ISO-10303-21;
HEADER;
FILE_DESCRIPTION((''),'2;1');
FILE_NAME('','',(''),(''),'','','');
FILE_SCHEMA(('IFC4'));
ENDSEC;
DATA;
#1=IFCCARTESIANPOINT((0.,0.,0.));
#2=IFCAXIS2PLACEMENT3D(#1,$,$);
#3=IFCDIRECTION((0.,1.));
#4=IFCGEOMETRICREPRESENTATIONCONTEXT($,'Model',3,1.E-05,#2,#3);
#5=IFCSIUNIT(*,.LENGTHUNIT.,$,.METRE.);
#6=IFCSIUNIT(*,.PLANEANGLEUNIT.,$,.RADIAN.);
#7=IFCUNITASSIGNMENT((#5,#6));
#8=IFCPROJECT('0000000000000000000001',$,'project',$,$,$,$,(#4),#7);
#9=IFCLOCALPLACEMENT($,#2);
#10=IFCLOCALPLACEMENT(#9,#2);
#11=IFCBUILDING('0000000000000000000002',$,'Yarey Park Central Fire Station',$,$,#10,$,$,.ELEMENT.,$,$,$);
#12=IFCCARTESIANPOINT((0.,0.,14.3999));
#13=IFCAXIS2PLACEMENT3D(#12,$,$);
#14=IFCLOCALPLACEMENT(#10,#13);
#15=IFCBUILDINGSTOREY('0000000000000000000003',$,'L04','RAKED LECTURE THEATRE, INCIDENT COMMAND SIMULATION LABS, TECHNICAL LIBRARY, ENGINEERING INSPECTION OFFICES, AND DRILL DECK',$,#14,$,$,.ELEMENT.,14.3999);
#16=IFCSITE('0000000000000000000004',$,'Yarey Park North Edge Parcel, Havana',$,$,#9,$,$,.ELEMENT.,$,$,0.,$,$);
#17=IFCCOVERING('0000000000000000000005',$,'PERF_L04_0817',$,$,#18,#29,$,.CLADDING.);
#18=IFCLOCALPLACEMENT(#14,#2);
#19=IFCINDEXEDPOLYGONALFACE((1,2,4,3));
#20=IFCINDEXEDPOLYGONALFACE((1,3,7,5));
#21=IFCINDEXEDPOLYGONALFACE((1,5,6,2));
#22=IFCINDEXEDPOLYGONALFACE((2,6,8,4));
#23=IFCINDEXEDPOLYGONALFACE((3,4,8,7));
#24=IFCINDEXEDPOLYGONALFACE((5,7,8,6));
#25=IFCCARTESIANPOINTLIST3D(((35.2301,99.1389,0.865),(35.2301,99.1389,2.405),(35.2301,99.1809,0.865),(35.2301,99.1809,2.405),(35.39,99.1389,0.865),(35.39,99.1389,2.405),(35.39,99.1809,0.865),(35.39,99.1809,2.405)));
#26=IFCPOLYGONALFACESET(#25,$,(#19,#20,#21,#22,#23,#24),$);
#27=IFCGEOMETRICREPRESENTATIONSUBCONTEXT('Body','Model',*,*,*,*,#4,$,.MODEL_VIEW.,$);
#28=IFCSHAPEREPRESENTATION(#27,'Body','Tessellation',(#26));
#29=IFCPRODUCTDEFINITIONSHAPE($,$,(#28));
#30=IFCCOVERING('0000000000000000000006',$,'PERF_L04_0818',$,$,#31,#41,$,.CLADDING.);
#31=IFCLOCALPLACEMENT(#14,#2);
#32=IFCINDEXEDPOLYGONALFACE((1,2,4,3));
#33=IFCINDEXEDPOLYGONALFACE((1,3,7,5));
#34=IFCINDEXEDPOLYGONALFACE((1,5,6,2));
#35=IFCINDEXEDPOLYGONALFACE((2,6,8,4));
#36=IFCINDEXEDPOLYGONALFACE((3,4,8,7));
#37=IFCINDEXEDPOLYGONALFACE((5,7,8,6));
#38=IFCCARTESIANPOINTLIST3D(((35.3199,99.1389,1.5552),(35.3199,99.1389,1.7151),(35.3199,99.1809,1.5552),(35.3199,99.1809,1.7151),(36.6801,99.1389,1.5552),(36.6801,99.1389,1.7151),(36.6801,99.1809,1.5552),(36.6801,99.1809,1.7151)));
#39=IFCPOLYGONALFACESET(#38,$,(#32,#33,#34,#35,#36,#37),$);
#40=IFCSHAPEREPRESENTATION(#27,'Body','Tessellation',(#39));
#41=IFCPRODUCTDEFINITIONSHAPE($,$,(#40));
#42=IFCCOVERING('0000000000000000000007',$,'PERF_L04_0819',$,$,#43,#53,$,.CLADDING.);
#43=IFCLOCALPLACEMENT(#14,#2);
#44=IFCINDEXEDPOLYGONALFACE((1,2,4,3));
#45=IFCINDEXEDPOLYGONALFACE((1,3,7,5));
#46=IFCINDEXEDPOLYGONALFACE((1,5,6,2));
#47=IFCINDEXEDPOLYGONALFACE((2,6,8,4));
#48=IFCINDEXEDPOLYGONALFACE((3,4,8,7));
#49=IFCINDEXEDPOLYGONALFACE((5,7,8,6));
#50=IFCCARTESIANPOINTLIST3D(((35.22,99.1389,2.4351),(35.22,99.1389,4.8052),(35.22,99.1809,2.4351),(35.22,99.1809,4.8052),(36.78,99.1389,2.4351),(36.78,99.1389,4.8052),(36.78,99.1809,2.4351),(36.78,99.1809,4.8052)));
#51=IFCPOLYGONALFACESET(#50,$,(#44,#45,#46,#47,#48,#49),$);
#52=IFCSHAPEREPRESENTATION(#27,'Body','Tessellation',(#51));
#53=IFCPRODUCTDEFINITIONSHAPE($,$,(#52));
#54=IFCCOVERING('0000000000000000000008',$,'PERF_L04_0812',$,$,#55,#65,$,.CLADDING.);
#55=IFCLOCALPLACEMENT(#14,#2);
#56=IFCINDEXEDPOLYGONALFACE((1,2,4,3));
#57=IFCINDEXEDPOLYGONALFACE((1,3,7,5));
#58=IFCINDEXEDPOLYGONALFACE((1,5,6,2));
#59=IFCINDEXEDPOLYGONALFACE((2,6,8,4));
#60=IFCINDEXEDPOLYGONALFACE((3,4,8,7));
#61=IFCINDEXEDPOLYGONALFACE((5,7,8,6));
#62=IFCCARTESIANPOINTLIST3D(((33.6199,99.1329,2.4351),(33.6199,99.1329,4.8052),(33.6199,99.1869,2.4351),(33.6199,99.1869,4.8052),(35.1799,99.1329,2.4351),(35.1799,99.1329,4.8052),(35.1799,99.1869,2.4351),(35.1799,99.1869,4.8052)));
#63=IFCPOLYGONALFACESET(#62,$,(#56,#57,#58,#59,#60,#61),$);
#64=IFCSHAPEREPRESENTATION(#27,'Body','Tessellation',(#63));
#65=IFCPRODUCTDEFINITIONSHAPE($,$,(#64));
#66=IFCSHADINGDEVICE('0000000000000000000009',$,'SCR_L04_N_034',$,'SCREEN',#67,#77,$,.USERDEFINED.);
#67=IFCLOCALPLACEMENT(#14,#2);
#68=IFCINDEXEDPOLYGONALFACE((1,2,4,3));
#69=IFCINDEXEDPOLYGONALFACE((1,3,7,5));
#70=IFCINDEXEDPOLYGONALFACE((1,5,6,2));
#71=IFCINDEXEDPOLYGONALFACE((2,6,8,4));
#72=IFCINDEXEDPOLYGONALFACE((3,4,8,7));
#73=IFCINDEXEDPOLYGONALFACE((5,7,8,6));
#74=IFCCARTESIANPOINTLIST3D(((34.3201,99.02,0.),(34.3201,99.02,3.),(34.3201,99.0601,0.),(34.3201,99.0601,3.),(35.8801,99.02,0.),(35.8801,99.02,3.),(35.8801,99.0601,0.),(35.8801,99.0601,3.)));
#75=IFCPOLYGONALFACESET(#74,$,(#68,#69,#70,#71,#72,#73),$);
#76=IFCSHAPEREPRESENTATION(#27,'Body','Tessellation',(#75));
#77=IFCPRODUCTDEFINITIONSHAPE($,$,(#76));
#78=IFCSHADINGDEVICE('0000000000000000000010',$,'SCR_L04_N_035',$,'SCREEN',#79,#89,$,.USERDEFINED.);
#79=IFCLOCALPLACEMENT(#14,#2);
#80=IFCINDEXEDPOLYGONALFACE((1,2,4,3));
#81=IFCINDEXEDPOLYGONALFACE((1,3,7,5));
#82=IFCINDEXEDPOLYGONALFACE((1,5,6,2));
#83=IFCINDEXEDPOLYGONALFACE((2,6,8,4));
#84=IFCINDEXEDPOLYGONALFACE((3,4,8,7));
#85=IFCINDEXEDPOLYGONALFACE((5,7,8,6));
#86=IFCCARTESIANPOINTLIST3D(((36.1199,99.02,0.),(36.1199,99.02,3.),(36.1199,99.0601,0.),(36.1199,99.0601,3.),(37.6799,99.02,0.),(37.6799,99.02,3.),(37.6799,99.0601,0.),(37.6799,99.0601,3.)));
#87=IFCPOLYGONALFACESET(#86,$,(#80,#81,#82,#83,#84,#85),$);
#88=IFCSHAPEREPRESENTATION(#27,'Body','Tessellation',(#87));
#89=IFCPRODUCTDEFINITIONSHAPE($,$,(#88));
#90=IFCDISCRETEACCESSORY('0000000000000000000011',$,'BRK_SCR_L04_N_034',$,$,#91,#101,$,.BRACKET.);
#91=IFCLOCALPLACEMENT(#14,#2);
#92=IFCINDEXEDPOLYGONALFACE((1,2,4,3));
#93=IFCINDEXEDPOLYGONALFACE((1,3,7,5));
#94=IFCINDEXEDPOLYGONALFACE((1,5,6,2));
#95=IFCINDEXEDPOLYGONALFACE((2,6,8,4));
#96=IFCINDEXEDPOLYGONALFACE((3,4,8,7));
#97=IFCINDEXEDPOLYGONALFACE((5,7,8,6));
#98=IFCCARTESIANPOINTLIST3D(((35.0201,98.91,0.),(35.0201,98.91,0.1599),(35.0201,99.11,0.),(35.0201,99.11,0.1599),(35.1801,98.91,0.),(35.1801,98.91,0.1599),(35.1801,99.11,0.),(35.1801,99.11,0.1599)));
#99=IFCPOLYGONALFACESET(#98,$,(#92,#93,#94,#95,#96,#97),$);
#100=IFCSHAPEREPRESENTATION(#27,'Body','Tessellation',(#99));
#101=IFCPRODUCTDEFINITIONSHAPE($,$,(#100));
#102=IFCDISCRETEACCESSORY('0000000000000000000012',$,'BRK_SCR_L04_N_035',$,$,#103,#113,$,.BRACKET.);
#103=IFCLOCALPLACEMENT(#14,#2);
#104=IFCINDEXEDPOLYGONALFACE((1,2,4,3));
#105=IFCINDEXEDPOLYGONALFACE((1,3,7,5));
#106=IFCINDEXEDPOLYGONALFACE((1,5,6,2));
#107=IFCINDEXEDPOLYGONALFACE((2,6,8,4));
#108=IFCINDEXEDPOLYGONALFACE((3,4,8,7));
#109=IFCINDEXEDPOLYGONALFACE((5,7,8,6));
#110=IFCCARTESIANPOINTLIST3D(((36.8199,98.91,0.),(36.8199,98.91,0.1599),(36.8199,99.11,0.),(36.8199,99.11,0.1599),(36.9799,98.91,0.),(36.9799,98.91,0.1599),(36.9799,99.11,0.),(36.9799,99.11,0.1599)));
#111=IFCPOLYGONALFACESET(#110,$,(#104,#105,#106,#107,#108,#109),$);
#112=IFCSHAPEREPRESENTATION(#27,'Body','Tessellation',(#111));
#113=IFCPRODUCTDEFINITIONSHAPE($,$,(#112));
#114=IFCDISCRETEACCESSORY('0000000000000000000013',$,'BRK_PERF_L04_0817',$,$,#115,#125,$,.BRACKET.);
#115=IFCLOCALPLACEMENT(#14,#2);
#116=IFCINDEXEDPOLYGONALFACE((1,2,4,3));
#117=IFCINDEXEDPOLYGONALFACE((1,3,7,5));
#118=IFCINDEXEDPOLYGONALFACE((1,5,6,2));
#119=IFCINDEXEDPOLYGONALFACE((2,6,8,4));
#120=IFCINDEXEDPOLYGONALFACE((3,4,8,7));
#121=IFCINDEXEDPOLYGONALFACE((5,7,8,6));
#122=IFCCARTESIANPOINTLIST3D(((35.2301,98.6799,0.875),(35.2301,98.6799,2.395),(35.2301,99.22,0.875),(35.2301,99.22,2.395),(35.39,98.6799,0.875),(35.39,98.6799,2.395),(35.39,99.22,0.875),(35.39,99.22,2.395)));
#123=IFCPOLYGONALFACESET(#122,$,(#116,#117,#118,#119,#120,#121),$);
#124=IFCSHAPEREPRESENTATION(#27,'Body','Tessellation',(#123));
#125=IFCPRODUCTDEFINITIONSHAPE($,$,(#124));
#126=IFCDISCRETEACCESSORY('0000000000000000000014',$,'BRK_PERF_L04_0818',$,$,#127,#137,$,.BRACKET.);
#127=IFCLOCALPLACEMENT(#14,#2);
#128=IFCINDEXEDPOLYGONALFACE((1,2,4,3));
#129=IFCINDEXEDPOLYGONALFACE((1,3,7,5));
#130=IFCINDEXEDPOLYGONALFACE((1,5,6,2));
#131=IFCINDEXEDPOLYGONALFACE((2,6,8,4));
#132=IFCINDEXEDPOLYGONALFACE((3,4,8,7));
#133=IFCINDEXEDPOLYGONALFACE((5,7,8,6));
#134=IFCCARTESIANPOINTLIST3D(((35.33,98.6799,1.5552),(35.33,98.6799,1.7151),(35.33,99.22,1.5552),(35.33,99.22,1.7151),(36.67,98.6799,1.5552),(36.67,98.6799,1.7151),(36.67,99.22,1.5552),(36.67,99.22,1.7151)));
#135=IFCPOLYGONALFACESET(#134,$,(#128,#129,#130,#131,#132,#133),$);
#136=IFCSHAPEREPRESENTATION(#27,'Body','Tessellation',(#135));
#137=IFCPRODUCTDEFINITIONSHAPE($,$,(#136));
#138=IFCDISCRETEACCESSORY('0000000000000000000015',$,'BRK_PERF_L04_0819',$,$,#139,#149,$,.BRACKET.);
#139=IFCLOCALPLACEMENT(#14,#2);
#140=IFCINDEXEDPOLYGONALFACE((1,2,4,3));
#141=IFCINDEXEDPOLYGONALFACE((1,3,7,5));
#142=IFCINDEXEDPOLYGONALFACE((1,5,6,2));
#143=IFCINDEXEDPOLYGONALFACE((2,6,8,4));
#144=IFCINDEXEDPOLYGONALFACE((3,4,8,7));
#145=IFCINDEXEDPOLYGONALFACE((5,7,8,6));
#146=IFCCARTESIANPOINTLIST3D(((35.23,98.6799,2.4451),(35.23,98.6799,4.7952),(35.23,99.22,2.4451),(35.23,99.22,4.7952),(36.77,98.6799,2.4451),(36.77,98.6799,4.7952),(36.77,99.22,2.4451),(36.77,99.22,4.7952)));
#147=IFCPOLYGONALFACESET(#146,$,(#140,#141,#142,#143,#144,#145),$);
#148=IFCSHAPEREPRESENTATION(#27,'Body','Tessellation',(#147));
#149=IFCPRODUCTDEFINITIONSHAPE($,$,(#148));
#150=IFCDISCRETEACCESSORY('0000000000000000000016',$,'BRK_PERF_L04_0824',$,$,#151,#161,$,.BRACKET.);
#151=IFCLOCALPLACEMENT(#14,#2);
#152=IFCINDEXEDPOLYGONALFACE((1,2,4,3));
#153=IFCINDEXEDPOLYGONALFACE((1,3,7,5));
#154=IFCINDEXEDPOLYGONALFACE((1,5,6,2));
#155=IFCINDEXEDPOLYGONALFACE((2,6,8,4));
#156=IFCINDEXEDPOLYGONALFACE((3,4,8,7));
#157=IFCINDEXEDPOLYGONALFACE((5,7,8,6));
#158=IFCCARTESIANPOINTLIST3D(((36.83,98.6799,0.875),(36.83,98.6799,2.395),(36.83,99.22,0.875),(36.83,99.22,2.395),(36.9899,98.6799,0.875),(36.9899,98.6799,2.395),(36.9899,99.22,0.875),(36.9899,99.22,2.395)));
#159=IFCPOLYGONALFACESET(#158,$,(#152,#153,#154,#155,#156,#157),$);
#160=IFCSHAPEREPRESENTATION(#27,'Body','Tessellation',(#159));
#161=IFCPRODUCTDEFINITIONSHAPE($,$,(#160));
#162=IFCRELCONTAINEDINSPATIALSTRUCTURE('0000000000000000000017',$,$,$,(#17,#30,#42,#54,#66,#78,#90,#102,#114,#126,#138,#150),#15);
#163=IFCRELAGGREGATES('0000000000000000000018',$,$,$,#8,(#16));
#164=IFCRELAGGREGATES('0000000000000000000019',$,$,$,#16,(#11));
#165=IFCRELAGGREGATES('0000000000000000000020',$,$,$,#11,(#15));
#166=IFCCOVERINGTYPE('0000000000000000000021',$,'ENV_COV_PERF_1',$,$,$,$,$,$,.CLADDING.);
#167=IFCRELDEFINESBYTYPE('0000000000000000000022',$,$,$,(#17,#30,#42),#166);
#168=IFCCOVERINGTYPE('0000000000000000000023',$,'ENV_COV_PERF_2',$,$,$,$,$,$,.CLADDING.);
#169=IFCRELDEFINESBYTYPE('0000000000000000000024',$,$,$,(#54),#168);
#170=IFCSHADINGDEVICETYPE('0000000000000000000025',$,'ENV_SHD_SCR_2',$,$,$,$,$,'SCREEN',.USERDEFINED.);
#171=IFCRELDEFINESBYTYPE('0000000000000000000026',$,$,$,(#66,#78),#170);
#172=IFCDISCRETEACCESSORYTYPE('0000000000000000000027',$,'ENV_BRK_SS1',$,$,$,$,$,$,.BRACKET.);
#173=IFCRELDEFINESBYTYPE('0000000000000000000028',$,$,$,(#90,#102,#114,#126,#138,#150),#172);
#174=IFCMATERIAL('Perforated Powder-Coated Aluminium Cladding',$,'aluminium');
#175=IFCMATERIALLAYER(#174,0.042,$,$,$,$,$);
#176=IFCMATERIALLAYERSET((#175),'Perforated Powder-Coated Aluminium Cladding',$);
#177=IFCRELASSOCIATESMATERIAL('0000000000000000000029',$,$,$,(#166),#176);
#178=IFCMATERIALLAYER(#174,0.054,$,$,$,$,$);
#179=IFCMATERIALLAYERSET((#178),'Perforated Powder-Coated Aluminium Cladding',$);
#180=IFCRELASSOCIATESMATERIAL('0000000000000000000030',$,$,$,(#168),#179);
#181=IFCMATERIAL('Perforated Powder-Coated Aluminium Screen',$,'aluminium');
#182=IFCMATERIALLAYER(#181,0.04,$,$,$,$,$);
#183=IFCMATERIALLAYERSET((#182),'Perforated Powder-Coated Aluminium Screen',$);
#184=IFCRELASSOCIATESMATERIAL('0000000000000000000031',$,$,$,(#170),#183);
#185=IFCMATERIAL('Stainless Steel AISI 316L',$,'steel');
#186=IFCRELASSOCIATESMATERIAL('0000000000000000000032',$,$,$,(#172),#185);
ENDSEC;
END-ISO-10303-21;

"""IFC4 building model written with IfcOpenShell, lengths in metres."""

from ifc_helpers import new_model, si_unit, direction, frame, origin, origin_2d, place, context, subcontext, project, spatial, rectangle, extrude, material, layer, layer_set, type_object, element, save


model = new_model("IFC4")

# Units and contexts
model_context = context("Model", 3, precision=1e-05, world=origin(), true_north=direction((0.0, 1.0)))
body_context = subcontext(model_context, "Body", "Model", "MODEL_VIEW")
ifc_project = project(units=[si_unit("LENGTHUNIT", "METRE"), si_unit("PLANEANGLEUNIT", "RADIAN")], contexts=[model_context])

# Site, building, storey
site_placement = place(None, origin())
site = spatial("IfcSite", under=ifc_project, at=site_placement, Name="Yarey Park North Edge Parcel, Havana", CompositionType="ELEMENT", RefElevation=0.0)
building_placement = place(site_placement, origin())
building = spatial("IfcBuilding", under=site, at=building_placement, Name="Yarey Park Central Fire Station", CompositionType="ELEMENT")
storey_placement = place(building_placement, frame((0.0, 0.0, 14.3999)))
storey = spatial("IfcBuildingStorey", under=building, at=storey_placement, Name="L04", Description="RAKED LECTURE THEATRE, INCIDENT COMMAND SIMULATION LABS, TECHNICAL LIBRARY, ENGINEERING INSPECTION OFFICES, AND DRILL DECK", CompositionType="ELEMENT", Elevation=14.3999)

# Coverings
ifc_material_1 = material(Name="Perforated Powder-Coated Aluminium Cladding", Category="aluminium")
ifc_layer_1 = layer(ifc_material_1, 0.042)
ifc_layer_set_1 = layer_set([ifc_layer_1], Name="Perforated Powder-Coated Aluminium Cladding")
covering_type_1 = type_object("IfcCoveringType", Name="ENV_COV_PERF_1", PredefinedType="CLADDING", material=ifc_layer_set_1)
covering_1_placement = place(storey_placement, frame((35.3101, 99.1599, 0.865), z_axis=(0.0, 0.0, 1.0), x_axis=(1.0, 0.0, 0.0)))
element("IfcCovering", 1, at=covering_1_placement, inside=storey, type_object=covering_type_1, Name="PERF_L04_0817", PredefinedType="CLADDING", context=body_context, shape_type="SweptSolid", body=[
    extrude(rectangle(XDim=0.1599, YDim=0.042, at=origin_2d()), origin(), (0.0, 0.0, 1.0), 1.54),
])
covering_2_placement = place(storey_placement, frame((36.0, 99.1599, 1.5552), z_axis=(0.0, 0.0, 1.0), x_axis=(1.0, 0.0, 0.0)))
element("IfcCovering", 2, at=covering_2_placement, inside=storey, type_object=covering_type_1, Name="PERF_L04_0818", PredefinedType="CLADDING", context=body_context, shape_type="SweptSolid", body=[
    extrude(rectangle(XDim=1.3601, YDim=0.042, at=origin_2d()), origin(), (0.0, 0.0, 1.0), 0.1599),
])
covering_3_placement = place(storey_placement, frame((36.0, 99.1599, 2.4351), z_axis=(0.0, 0.0, 1.0), x_axis=(1.0, 0.0, 0.0)))
element("IfcCovering", 3, at=covering_3_placement, inside=storey, type_object=covering_type_1, Name="PERF_L04_0819", PredefinedType="CLADDING", context=body_context, shape_type="SweptSolid", body=[
    extrude(rectangle(XDim=1.5601, YDim=0.042, at=origin_2d()), origin(), (0.0, 0.0, 1.0), 2.3701),
])
ifc_layer_2 = layer(ifc_material_1, 0.054)
ifc_layer_set_2 = layer_set([ifc_layer_2], Name="Perforated Powder-Coated Aluminium Cladding")
covering_type_2 = type_object("IfcCoveringType", Name="ENV_COV_PERF_2", PredefinedType="CLADDING", material=ifc_layer_set_2)
covering_4_placement = place(storey_placement, frame((34.3999, 99.1599, 2.4351), z_axis=(0.0, 0.0, 1.0), x_axis=(1.0, 0.0, 0.0)))
element("IfcCovering", 4, at=covering_4_placement, inside=storey, type_object=covering_type_2, Name="PERF_L04_0812", PredefinedType="CLADDING", context=body_context, shape_type="SweptSolid", body=[
    extrude(rectangle(XDim=1.5601, YDim=0.054, at=origin_2d()), origin(), (0.0, 0.0, 1.0), 2.3701),
])

# Shading devices
ifc_material_2 = material(Name="Perforated Powder-Coated Aluminium Screen", Category="aluminium")
ifc_layer_3 = layer(ifc_material_2, 0.04)
ifc_layer_set_3 = layer_set([ifc_layer_3], Name="Perforated Powder-Coated Aluminium Screen")
shading_device_type = type_object("IfcShadingDeviceType", Name="ENV_SHD_SCR_2", ElementType="SCREEN", PredefinedType="USERDEFINED", material=ifc_layer_set_3)
for number, where, z_axis, x_axis, name in (
    (5, (35.1001, 99.04, 0.0), (0.0, 0.0, 1.0), (1.0, 0.0, 0.0), "SCR_L04_N_034"),
    (6, (36.8999, 99.04, 0.0), (0.0, 0.0, 1.0), (1.0, 0.0, 0.0), "SCR_L04_N_035"),
):
    element("IfcShadingDevice", number, at=place(storey_placement, frame(where, z_axis=z_axis, x_axis=x_axis)), inside=storey, type_object=shading_device_type, Name=name, ObjectType="SCREEN", PredefinedType="USERDEFINED", context=body_context, shape_type="SweptSolid", body=[
        extrude(rectangle(XDim=1.5601, YDim=0.04, at=origin_2d()), origin(), (0.0, 0.0, 1.0), 3.0),
    ])

# Discrete accessories
ifc_material_3 = material(Name="Stainless Steel AISI 316L", Category="steel")
discrete_accessory_type = type_object("IfcDiscreteAccessoryType", Name="ENV_BRK_SS1", PredefinedType="BRACKET", material=ifc_material_3)
for number, where, z_axis, x_axis, name in (
    (7, (35.1001, 99.01, 0.0), (0.0, 0.0, 1.0), (1.0, 0.0, 0.0), "BRK_SCR_L04_N_034"),
    (8, (36.8999, 99.01, 0.0), (0.0, 0.0, 1.0), (1.0, 0.0, 0.0), "BRK_SCR_L04_N_035"),
):
    element("IfcDiscreteAccessory", number, at=place(storey_placement, frame(where, z_axis=z_axis, x_axis=x_axis)), inside=storey, type_object=discrete_accessory_type, Name=name, PredefinedType="BRACKET", context=body_context, shape_type="SweptSolid", body=[
        extrude(rectangle(XDim=0.1599, YDim=0.2, at=origin_2d()), origin(), (0.0, 0.0, 1.0), 0.1599),
    ])
discrete_accessory_1_placement = place(storey_placement, frame((35.3101, 98.95, 0.875), z_axis=(0.0, 0.0, 1.0), x_axis=(1.0, 0.0, 0.0)))
element("IfcDiscreteAccessory", 9, at=discrete_accessory_1_placement, inside=storey, type_object=discrete_accessory_type, Name="BRK_PERF_L04_0817", PredefinedType="BRACKET", context=body_context, shape_type="SweptSolid", body=[
    extrude(rectangle(XDim=0.1599, YDim=0.54, at=origin_2d()), origin(), (0.0, 0.0, 1.0), 1.52),
])
discrete_accessory_2_placement = place(storey_placement, frame((36.0, 98.95, 1.5552), z_axis=(0.0, 0.0, 1.0), x_axis=(1.0, 0.0, 0.0)))
element("IfcDiscreteAccessory", 10, at=discrete_accessory_2_placement, inside=storey, type_object=discrete_accessory_type, Name="BRK_PERF_L04_0818", PredefinedType="BRACKET", context=body_context, shape_type="SweptSolid", body=[
    extrude(rectangle(XDim=1.3401, YDim=0.54, at=origin_2d()), origin(), (0.0, 0.0, 1.0), 0.1599),
])
discrete_accessory_3_placement = place(storey_placement, frame((36.0, 98.95, 2.4451), z_axis=(0.0, 0.0, 1.0), x_axis=(1.0, 0.0, 0.0)))
element("IfcDiscreteAccessory", 11, at=discrete_accessory_3_placement, inside=storey, type_object=discrete_accessory_type, Name="BRK_PERF_L04_0819", PredefinedType="BRACKET", context=body_context, shape_type="SweptSolid", body=[
    extrude(rectangle(XDim=1.54, YDim=0.54, at=origin_2d()), origin(), (0.0, 0.0, 1.0), 2.3501),
])
discrete_accessory_4_placement = place(storey_placement, frame((36.9099, 98.95, 0.875), z_axis=(0.0, 0.0, 1.0), x_axis=(1.0, 0.0, 0.0)))
element("IfcDiscreteAccessory", 12, at=discrete_accessory_4_placement, inside=storey, type_object=discrete_accessory_type, Name="BRK_PERF_L04_0824", PredefinedType="BRACKET", context=body_context, shape_type="SweptSolid", body=[
    extrude(rectangle(XDim=0.1599, YDim=0.54, at=origin_2d()), origin(), (0.0, 0.0, 1.0), 1.52),
])

save(model, "model.ifc")
